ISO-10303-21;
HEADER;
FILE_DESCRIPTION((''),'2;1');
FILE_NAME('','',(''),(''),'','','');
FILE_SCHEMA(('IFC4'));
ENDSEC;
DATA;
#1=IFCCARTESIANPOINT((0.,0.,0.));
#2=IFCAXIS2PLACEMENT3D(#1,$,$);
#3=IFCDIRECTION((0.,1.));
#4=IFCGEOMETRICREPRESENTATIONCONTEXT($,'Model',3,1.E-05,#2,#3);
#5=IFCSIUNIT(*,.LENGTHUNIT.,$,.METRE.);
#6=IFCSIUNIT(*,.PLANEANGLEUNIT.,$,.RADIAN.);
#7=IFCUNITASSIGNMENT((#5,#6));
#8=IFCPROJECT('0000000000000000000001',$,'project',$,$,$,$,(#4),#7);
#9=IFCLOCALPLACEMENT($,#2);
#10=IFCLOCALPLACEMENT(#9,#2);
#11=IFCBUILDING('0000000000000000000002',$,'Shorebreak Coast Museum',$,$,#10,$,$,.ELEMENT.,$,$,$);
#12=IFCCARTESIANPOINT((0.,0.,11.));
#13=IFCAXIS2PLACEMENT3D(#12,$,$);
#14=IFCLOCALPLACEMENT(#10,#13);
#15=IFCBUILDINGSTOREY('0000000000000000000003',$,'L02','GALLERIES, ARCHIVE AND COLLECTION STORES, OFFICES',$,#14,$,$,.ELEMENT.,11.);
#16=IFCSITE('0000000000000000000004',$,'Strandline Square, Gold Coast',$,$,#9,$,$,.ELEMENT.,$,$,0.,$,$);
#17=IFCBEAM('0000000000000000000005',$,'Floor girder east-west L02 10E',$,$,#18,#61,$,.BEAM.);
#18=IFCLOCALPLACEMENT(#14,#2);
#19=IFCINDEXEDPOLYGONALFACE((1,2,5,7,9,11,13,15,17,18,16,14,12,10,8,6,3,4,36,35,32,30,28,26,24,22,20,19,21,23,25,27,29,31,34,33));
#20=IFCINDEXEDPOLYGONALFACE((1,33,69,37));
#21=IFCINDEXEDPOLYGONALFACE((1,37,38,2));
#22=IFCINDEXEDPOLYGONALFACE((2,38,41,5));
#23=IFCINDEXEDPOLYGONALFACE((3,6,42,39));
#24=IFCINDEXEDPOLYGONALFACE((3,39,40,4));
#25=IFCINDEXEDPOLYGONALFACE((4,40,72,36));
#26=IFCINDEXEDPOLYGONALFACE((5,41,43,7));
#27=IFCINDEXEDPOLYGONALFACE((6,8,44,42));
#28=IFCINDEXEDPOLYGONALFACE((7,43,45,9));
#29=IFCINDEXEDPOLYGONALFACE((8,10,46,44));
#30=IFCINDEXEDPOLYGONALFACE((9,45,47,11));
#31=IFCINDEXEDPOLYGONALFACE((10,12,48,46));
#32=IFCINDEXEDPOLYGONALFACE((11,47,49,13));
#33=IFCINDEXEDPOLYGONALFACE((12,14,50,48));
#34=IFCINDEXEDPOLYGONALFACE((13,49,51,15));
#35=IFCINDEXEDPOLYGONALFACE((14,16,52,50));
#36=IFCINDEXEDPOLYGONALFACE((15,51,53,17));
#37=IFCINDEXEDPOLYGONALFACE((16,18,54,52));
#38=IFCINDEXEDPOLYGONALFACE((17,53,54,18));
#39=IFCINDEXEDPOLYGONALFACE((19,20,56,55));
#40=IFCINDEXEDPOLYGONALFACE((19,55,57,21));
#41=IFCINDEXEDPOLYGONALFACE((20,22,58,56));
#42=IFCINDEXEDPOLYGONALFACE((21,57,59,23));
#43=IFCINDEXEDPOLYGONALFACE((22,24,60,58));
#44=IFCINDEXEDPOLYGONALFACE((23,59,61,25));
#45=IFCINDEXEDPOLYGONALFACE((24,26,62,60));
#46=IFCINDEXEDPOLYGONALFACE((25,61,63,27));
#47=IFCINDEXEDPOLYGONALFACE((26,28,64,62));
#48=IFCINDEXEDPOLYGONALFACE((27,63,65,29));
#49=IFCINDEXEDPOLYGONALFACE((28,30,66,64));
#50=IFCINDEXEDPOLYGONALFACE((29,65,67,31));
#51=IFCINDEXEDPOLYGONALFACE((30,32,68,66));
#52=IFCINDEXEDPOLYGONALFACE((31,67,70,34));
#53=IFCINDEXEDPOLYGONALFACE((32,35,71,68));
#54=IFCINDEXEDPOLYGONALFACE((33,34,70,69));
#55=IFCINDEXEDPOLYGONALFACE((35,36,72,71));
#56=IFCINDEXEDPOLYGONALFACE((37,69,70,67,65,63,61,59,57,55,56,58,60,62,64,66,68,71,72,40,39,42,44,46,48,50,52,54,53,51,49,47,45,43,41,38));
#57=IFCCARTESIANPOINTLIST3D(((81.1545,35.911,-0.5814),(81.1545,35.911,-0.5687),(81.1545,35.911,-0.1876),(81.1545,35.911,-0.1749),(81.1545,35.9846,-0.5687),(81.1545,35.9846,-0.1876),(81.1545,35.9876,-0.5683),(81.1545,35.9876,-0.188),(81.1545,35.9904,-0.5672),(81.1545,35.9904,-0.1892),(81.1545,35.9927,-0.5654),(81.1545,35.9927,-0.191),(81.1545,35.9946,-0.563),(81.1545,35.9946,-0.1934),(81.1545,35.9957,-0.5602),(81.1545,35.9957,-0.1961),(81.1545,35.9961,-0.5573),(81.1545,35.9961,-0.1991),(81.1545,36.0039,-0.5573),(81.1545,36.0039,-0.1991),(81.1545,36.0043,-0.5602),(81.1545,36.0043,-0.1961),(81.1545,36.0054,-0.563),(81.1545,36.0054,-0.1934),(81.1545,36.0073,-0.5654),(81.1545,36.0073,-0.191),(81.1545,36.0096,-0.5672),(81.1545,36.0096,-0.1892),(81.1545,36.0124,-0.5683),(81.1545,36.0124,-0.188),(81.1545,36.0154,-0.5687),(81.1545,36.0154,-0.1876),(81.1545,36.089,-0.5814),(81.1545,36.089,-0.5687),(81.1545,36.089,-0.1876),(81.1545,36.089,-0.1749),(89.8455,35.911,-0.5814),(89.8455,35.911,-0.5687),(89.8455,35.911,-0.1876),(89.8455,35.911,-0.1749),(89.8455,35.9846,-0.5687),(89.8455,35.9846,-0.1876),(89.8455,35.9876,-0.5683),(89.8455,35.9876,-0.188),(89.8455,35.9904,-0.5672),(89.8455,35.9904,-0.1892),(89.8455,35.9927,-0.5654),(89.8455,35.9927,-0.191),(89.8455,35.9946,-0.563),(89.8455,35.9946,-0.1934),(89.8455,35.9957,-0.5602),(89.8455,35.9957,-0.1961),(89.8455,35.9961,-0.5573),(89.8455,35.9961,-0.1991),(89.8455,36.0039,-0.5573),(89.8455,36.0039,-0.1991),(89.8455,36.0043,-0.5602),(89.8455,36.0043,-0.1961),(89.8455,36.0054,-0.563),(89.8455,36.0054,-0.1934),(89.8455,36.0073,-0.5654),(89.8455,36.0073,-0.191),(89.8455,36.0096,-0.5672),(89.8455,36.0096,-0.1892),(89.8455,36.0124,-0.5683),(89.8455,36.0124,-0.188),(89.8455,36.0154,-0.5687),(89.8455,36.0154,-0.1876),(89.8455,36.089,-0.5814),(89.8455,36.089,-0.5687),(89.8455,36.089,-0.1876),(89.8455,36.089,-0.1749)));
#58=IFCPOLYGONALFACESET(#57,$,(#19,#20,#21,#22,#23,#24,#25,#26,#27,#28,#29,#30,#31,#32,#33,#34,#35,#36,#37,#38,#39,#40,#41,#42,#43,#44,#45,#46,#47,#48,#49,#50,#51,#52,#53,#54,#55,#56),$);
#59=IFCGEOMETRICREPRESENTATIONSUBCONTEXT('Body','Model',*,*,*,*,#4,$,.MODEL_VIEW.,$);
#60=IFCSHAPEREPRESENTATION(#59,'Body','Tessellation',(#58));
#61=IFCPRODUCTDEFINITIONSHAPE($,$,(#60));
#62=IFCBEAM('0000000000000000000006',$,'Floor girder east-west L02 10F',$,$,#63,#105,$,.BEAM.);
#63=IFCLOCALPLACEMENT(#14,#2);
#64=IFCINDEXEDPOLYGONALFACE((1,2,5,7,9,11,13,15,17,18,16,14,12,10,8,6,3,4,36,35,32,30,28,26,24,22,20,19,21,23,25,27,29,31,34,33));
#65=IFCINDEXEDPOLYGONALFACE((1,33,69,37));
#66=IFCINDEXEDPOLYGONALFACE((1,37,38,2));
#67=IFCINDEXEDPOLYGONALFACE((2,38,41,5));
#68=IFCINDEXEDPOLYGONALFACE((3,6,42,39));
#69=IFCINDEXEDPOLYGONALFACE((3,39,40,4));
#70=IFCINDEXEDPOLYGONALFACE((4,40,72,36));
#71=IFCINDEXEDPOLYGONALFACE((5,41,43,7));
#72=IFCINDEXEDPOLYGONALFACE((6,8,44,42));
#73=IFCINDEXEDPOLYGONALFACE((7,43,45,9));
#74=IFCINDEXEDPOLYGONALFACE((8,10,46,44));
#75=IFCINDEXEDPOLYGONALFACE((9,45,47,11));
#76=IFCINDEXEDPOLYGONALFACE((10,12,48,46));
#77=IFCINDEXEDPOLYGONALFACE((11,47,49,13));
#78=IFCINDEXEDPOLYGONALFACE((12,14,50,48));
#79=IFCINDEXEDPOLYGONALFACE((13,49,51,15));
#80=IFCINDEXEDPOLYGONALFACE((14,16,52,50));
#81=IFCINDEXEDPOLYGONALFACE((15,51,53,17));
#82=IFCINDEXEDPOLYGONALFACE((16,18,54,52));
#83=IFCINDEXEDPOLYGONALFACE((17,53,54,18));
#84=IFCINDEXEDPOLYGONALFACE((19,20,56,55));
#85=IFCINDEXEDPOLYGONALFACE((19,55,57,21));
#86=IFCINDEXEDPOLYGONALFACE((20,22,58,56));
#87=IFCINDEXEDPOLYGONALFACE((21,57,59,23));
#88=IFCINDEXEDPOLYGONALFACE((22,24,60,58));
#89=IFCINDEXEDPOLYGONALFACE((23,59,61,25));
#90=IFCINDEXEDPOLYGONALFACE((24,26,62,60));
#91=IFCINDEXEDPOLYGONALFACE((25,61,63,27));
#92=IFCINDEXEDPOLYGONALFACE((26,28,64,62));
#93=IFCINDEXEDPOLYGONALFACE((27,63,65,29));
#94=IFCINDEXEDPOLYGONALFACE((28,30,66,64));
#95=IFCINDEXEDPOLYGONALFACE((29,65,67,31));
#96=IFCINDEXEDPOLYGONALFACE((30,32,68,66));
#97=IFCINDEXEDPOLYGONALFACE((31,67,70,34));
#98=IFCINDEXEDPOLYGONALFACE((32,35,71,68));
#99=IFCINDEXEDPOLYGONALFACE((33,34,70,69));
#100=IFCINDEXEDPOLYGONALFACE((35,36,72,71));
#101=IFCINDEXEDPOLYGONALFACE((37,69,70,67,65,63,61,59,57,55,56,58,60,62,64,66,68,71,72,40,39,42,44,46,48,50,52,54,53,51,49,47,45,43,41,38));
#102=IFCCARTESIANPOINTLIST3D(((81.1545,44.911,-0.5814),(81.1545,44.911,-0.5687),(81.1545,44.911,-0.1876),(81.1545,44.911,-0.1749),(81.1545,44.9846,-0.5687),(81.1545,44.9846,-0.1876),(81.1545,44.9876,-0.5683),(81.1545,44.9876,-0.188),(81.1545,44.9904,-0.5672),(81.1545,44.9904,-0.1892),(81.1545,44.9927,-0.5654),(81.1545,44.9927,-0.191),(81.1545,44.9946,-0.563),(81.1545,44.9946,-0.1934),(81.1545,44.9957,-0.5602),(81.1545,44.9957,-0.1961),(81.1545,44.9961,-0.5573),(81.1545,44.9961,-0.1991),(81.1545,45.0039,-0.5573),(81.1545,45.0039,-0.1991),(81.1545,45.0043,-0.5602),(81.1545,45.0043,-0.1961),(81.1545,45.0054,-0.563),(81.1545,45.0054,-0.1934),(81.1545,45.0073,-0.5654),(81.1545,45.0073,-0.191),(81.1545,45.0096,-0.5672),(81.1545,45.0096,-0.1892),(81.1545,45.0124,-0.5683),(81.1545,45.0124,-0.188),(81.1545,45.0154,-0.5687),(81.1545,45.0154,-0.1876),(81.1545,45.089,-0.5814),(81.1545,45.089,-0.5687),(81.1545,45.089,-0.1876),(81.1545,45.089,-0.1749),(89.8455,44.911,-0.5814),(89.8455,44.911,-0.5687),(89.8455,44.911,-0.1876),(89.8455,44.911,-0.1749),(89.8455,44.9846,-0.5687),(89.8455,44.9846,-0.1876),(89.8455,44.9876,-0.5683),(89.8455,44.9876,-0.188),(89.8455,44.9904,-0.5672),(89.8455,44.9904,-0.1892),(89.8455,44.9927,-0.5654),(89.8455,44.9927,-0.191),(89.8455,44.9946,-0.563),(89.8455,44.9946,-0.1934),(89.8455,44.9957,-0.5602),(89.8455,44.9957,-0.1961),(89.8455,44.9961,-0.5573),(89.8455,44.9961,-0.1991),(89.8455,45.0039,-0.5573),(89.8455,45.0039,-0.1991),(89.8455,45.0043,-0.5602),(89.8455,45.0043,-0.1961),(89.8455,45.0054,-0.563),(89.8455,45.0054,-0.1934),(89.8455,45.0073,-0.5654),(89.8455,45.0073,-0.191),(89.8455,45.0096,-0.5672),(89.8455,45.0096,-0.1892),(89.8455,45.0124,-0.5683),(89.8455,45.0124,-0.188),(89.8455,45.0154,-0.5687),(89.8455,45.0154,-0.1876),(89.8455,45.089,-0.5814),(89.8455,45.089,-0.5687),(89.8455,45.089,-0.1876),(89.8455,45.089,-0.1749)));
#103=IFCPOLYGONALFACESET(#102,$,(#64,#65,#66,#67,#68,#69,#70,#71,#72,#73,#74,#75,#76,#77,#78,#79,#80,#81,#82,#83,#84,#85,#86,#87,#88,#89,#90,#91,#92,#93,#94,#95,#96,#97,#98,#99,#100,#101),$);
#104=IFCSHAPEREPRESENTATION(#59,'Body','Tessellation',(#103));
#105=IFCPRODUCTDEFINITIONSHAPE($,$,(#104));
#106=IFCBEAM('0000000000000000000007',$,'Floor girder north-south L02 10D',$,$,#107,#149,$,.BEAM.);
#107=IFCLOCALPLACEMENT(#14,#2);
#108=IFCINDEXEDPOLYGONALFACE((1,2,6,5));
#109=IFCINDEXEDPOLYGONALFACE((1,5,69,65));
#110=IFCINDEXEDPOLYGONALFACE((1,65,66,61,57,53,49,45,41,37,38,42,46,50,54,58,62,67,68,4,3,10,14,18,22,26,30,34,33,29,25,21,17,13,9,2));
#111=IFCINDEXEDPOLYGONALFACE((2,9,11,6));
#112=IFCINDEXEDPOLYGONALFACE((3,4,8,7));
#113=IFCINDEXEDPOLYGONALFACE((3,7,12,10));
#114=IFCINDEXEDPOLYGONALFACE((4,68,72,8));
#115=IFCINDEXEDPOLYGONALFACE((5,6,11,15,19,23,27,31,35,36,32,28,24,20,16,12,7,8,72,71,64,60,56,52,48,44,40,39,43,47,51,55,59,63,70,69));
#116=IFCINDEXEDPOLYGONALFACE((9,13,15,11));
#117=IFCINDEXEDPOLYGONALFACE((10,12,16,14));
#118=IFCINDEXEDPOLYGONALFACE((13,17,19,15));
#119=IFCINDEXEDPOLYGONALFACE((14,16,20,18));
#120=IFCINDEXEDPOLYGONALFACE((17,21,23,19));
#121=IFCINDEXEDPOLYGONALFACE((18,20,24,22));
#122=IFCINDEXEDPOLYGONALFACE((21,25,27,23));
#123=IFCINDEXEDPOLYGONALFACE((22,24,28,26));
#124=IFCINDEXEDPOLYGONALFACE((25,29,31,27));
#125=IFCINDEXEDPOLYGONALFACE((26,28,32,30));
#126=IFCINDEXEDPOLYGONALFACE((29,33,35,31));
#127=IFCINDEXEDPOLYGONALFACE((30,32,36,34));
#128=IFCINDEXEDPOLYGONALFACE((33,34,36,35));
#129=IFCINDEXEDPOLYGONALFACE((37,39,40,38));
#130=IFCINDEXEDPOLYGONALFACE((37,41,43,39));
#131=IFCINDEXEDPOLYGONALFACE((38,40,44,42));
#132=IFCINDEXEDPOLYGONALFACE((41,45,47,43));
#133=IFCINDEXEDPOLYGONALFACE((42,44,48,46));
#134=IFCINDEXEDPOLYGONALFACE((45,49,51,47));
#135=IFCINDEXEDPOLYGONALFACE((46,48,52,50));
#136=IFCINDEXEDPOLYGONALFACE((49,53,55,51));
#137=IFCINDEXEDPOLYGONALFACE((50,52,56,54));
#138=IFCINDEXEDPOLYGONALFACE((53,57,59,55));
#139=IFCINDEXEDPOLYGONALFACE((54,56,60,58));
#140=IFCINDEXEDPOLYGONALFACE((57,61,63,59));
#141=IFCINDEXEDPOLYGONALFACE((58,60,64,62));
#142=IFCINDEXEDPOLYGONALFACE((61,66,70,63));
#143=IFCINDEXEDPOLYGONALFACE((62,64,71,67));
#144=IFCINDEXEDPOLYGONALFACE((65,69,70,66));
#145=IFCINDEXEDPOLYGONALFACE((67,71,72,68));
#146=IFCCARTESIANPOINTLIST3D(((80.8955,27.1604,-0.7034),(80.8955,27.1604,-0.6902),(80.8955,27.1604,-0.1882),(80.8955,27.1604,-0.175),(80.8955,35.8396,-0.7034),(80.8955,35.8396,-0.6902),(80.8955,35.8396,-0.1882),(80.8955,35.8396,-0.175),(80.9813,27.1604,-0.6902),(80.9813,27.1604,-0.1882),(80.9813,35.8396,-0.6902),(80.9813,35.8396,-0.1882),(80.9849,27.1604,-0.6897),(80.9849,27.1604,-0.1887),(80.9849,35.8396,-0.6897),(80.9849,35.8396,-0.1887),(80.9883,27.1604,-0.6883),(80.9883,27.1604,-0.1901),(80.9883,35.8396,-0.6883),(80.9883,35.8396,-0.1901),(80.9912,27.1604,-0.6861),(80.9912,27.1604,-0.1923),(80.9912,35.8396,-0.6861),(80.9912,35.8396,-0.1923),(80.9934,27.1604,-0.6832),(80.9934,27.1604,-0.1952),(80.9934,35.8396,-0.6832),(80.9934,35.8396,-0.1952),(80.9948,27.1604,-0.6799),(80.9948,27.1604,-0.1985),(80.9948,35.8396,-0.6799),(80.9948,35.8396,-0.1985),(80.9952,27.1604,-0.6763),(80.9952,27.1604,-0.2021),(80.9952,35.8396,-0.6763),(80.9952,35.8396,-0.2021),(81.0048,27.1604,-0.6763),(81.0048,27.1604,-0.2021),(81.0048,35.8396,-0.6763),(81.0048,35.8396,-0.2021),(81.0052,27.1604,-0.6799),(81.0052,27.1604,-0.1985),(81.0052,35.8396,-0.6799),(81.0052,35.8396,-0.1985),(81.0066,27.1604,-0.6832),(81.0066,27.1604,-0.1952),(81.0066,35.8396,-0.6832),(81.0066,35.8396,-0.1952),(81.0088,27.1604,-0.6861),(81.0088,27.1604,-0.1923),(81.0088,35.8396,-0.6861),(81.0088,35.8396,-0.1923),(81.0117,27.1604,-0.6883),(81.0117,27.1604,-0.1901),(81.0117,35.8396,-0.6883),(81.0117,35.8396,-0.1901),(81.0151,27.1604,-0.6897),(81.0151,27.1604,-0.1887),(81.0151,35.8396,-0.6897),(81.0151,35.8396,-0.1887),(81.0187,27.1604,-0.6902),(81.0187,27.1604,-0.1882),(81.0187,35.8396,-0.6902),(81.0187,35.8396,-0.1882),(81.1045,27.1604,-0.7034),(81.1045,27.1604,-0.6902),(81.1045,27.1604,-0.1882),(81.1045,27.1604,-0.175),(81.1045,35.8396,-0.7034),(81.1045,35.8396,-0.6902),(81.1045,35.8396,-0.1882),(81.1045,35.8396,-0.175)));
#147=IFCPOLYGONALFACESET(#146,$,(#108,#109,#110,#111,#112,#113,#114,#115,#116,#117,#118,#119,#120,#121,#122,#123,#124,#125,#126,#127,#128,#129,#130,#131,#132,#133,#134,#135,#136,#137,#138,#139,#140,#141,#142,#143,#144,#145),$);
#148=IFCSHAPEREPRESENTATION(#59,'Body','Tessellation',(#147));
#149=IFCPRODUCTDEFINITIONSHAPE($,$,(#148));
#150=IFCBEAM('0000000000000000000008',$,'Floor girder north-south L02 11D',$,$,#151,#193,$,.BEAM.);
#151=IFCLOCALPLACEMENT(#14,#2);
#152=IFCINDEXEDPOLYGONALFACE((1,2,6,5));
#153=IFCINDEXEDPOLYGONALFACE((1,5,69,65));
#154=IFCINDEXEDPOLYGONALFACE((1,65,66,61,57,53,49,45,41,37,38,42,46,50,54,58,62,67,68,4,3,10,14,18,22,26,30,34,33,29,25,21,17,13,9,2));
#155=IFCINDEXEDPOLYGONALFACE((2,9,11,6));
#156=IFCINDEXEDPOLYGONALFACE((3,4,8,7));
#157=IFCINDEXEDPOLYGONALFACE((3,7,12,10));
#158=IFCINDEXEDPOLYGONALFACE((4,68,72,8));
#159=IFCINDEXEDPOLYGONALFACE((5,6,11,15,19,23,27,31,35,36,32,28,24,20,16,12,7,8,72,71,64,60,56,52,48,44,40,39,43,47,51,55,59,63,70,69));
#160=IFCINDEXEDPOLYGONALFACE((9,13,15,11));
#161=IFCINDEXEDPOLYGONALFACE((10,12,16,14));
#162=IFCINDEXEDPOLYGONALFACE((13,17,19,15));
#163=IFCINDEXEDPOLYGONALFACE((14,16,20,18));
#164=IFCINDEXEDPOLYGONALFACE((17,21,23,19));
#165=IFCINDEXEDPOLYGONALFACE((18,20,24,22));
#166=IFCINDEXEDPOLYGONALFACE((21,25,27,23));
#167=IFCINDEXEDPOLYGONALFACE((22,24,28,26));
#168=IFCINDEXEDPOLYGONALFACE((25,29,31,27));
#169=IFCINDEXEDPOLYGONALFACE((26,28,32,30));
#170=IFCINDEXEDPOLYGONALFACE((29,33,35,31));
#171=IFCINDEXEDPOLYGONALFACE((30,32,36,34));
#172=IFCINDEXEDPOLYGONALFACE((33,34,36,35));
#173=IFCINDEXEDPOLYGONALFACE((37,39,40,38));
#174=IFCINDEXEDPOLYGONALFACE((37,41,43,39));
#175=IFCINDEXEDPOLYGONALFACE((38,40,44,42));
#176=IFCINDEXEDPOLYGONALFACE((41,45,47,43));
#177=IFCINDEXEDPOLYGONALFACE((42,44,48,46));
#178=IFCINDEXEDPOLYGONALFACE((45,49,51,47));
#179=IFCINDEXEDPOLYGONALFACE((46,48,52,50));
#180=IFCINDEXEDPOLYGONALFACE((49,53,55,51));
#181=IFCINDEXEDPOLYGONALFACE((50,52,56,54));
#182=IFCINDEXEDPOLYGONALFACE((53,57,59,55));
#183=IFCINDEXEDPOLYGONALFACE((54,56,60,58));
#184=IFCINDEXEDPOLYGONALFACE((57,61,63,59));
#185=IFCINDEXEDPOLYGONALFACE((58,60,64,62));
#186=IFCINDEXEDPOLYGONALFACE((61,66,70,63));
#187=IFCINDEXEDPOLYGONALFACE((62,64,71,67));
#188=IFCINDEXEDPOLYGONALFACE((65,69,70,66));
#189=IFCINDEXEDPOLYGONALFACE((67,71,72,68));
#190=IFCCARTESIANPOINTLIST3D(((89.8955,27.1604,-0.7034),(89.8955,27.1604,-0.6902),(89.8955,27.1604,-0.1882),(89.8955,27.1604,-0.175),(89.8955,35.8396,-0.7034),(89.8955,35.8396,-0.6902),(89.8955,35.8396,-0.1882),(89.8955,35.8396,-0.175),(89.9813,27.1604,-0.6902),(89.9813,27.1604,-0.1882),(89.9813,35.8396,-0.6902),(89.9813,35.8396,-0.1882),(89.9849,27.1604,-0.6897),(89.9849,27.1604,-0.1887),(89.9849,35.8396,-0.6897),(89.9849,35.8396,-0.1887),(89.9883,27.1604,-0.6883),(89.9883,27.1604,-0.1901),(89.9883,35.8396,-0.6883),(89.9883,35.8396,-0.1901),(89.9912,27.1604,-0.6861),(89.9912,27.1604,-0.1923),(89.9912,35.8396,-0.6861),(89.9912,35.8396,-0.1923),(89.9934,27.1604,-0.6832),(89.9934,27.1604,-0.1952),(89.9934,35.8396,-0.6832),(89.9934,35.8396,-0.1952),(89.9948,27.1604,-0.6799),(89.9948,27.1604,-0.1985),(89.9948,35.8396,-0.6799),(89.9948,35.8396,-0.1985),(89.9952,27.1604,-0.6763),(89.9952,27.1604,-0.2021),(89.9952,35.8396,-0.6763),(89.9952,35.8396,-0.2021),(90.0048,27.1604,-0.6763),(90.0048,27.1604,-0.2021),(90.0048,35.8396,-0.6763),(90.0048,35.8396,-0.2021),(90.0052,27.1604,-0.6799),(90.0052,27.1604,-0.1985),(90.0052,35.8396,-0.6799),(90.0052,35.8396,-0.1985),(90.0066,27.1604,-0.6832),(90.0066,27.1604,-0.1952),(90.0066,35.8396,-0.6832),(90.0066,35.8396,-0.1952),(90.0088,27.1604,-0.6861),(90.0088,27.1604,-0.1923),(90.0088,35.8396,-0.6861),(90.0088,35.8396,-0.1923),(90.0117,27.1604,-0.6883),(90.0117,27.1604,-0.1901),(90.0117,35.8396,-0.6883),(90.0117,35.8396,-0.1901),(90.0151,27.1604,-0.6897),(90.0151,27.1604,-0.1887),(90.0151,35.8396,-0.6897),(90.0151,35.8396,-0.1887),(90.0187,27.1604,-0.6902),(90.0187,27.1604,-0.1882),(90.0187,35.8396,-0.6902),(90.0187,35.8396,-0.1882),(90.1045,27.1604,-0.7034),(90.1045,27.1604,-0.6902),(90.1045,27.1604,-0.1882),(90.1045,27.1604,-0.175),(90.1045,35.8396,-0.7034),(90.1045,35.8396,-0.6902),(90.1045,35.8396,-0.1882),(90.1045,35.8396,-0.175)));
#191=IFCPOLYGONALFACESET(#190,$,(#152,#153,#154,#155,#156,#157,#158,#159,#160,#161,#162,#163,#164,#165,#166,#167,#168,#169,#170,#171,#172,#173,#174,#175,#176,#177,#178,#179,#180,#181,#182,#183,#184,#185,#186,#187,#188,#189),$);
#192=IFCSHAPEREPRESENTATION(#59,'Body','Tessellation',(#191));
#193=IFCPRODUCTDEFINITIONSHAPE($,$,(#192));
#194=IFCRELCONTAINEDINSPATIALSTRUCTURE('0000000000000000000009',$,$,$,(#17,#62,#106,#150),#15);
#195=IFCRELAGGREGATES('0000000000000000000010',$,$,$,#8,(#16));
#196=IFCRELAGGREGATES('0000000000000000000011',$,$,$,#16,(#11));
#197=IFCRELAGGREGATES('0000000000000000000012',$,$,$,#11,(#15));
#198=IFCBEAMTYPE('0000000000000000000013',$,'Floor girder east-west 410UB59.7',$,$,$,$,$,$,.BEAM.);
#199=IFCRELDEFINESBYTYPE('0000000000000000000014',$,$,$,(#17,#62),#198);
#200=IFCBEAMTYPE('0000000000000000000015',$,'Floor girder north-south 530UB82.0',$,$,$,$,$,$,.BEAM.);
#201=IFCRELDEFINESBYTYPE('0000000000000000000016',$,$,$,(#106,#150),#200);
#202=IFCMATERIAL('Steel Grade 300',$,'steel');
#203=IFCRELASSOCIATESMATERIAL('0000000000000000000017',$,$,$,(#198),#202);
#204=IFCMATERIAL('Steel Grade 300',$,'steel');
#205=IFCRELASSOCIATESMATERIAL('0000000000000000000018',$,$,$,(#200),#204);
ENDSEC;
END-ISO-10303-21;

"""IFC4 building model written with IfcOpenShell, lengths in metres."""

from ifc_helpers import new_model, si_unit, direction, frame, origin, origin_2d, place, context, subcontext, project, spatial, i_section, extrude, material, material_profile, profile_set, type_object, element, save


model = new_model("IFC4")

# Units and contexts
model_context = context("Model", 3, precision=1e-05, world=origin(), true_north=direction((0.0, 1.0)))
body_context = subcontext(model_context, "Body", "Model", "MODEL_VIEW")
ifc_project = project(units=[si_unit("LENGTHUNIT", "METRE"), si_unit("PLANEANGLEUNIT", "RADIAN")], contexts=[model_context])

# Site, building, storey
site_placement = place(None, origin())
site = spatial("IfcSite", under=ifc_project, at=site_placement, Name="Strandline Square, Gold Coast", CompositionType="ELEMENT", RefElevation=0.0)
building_placement = place(site_placement, origin())
building = spatial("IfcBuilding", under=site, at=building_placement, Name="Shorebreak Coast Museum", CompositionType="ELEMENT")
storey_placement = place(building_placement, frame((0.0, 0.0, 11.0)))
storey = spatial("IfcBuildingStorey", under=building, at=storey_placement, Name="L02", Description="GALLERIES, ARCHIVE AND COLLECTION STORES, OFFICES", CompositionType="ELEMENT", Elevation=11.0)

# Beams
ifc_material_1 = material(Name="Steel Grade 300", Category="steel")
ifc_material_profile_1 = material_profile(ifc_material_1, i_section(OverallWidth=0.178, OverallDepth=0.4065, WebThickness=0.0078, FlangeThickness=0.0127, FilletRadius=0.0115, at=origin_2d()), Name="410UB59.7")
ifc_profile_set_1 = profile_set([ifc_material_profile_1], Name="Steel Grade 300")
beam_type_1 = type_object("IfcBeamType", Name="Floor girder east-west 410UB59.7", PredefinedType="BEAM", material=ifc_profile_set_1)
for number, where, z_axis, x_axis, name in (
    (1, (81.1545, 36.0, -0.3782), (1.0, 0.0, 0.0), (0.0, 1.0, 0.0), "Floor girder east-west L02 10E"),
    (2, (81.1545, 45.0, -0.3782), (1.0, 0.0, 0.0), (0.0, 1.0, 0.0), "Floor girder east-west L02 10F"),
):
    element("IfcBeam", number, at=place(storey_placement, frame(where, z_axis=z_axis, x_axis=x_axis)), inside=storey, type_object=beam_type_1, Name=name, PredefinedType="BEAM", context=body_context, shape_type="SweptSolid", body=[
        extrude(i_section(OverallWidth=0.178, OverallDepth=0.4065, WebThickness=0.0078, FlangeThickness=0.0127, FilletRadius=0.0115, at=origin_2d()), origin(), (0.0, 0.0, 1.0), 8.6909),
    ])
ifc_material_2 = material(Name="Steel Grade 300", Category="steel")
ifc_material_profile_2 = material_profile(ifc_material_2, i_section(OverallWidth=0.209, OverallDepth=0.5283, WebThickness=0.0095, FlangeThickness=0.0132, FilletRadius=0.0139, at=origin_2d()), Name="530UB82.0")
ifc_profile_set_2 = profile_set([ifc_material_profile_2], Name="Steel Grade 300")
beam_type_2 = type_object("IfcBeamType", Name="Floor girder north-south 530UB82.0", PredefinedType="BEAM", material=ifc_profile_set_2)
for number, where, z_axis, x_axis, name in (
    (3, (81.0, 27.1604, -0.4392), (0.0, 1.0, 0.0), (-1.0, 0.0, 0.0), "Floor girder north-south L02 10D"),
    (4, (90.0, 27.1604, -0.4392), (0.0, 1.0, 0.0), (-1.0, 0.0, 0.0), "Floor girder north-south L02 11D"),
):
    element("IfcBeam", number, at=place(storey_placement, frame(where, z_axis=z_axis, x_axis=x_axis)), inside=storey, type_object=beam_type_2, Name=name, PredefinedType="BEAM", context=body_context, shape_type="SweptSolid", body=[
        extrude(i_section(OverallWidth=0.209, OverallDepth=0.5283, WebThickness=0.0095, FlangeThickness=0.0132, FilletRadius=0.0139, at=origin_2d()), origin(), (0.0, 0.0, 1.0), 8.6792),
    ])

save(model, "model.ifc")
